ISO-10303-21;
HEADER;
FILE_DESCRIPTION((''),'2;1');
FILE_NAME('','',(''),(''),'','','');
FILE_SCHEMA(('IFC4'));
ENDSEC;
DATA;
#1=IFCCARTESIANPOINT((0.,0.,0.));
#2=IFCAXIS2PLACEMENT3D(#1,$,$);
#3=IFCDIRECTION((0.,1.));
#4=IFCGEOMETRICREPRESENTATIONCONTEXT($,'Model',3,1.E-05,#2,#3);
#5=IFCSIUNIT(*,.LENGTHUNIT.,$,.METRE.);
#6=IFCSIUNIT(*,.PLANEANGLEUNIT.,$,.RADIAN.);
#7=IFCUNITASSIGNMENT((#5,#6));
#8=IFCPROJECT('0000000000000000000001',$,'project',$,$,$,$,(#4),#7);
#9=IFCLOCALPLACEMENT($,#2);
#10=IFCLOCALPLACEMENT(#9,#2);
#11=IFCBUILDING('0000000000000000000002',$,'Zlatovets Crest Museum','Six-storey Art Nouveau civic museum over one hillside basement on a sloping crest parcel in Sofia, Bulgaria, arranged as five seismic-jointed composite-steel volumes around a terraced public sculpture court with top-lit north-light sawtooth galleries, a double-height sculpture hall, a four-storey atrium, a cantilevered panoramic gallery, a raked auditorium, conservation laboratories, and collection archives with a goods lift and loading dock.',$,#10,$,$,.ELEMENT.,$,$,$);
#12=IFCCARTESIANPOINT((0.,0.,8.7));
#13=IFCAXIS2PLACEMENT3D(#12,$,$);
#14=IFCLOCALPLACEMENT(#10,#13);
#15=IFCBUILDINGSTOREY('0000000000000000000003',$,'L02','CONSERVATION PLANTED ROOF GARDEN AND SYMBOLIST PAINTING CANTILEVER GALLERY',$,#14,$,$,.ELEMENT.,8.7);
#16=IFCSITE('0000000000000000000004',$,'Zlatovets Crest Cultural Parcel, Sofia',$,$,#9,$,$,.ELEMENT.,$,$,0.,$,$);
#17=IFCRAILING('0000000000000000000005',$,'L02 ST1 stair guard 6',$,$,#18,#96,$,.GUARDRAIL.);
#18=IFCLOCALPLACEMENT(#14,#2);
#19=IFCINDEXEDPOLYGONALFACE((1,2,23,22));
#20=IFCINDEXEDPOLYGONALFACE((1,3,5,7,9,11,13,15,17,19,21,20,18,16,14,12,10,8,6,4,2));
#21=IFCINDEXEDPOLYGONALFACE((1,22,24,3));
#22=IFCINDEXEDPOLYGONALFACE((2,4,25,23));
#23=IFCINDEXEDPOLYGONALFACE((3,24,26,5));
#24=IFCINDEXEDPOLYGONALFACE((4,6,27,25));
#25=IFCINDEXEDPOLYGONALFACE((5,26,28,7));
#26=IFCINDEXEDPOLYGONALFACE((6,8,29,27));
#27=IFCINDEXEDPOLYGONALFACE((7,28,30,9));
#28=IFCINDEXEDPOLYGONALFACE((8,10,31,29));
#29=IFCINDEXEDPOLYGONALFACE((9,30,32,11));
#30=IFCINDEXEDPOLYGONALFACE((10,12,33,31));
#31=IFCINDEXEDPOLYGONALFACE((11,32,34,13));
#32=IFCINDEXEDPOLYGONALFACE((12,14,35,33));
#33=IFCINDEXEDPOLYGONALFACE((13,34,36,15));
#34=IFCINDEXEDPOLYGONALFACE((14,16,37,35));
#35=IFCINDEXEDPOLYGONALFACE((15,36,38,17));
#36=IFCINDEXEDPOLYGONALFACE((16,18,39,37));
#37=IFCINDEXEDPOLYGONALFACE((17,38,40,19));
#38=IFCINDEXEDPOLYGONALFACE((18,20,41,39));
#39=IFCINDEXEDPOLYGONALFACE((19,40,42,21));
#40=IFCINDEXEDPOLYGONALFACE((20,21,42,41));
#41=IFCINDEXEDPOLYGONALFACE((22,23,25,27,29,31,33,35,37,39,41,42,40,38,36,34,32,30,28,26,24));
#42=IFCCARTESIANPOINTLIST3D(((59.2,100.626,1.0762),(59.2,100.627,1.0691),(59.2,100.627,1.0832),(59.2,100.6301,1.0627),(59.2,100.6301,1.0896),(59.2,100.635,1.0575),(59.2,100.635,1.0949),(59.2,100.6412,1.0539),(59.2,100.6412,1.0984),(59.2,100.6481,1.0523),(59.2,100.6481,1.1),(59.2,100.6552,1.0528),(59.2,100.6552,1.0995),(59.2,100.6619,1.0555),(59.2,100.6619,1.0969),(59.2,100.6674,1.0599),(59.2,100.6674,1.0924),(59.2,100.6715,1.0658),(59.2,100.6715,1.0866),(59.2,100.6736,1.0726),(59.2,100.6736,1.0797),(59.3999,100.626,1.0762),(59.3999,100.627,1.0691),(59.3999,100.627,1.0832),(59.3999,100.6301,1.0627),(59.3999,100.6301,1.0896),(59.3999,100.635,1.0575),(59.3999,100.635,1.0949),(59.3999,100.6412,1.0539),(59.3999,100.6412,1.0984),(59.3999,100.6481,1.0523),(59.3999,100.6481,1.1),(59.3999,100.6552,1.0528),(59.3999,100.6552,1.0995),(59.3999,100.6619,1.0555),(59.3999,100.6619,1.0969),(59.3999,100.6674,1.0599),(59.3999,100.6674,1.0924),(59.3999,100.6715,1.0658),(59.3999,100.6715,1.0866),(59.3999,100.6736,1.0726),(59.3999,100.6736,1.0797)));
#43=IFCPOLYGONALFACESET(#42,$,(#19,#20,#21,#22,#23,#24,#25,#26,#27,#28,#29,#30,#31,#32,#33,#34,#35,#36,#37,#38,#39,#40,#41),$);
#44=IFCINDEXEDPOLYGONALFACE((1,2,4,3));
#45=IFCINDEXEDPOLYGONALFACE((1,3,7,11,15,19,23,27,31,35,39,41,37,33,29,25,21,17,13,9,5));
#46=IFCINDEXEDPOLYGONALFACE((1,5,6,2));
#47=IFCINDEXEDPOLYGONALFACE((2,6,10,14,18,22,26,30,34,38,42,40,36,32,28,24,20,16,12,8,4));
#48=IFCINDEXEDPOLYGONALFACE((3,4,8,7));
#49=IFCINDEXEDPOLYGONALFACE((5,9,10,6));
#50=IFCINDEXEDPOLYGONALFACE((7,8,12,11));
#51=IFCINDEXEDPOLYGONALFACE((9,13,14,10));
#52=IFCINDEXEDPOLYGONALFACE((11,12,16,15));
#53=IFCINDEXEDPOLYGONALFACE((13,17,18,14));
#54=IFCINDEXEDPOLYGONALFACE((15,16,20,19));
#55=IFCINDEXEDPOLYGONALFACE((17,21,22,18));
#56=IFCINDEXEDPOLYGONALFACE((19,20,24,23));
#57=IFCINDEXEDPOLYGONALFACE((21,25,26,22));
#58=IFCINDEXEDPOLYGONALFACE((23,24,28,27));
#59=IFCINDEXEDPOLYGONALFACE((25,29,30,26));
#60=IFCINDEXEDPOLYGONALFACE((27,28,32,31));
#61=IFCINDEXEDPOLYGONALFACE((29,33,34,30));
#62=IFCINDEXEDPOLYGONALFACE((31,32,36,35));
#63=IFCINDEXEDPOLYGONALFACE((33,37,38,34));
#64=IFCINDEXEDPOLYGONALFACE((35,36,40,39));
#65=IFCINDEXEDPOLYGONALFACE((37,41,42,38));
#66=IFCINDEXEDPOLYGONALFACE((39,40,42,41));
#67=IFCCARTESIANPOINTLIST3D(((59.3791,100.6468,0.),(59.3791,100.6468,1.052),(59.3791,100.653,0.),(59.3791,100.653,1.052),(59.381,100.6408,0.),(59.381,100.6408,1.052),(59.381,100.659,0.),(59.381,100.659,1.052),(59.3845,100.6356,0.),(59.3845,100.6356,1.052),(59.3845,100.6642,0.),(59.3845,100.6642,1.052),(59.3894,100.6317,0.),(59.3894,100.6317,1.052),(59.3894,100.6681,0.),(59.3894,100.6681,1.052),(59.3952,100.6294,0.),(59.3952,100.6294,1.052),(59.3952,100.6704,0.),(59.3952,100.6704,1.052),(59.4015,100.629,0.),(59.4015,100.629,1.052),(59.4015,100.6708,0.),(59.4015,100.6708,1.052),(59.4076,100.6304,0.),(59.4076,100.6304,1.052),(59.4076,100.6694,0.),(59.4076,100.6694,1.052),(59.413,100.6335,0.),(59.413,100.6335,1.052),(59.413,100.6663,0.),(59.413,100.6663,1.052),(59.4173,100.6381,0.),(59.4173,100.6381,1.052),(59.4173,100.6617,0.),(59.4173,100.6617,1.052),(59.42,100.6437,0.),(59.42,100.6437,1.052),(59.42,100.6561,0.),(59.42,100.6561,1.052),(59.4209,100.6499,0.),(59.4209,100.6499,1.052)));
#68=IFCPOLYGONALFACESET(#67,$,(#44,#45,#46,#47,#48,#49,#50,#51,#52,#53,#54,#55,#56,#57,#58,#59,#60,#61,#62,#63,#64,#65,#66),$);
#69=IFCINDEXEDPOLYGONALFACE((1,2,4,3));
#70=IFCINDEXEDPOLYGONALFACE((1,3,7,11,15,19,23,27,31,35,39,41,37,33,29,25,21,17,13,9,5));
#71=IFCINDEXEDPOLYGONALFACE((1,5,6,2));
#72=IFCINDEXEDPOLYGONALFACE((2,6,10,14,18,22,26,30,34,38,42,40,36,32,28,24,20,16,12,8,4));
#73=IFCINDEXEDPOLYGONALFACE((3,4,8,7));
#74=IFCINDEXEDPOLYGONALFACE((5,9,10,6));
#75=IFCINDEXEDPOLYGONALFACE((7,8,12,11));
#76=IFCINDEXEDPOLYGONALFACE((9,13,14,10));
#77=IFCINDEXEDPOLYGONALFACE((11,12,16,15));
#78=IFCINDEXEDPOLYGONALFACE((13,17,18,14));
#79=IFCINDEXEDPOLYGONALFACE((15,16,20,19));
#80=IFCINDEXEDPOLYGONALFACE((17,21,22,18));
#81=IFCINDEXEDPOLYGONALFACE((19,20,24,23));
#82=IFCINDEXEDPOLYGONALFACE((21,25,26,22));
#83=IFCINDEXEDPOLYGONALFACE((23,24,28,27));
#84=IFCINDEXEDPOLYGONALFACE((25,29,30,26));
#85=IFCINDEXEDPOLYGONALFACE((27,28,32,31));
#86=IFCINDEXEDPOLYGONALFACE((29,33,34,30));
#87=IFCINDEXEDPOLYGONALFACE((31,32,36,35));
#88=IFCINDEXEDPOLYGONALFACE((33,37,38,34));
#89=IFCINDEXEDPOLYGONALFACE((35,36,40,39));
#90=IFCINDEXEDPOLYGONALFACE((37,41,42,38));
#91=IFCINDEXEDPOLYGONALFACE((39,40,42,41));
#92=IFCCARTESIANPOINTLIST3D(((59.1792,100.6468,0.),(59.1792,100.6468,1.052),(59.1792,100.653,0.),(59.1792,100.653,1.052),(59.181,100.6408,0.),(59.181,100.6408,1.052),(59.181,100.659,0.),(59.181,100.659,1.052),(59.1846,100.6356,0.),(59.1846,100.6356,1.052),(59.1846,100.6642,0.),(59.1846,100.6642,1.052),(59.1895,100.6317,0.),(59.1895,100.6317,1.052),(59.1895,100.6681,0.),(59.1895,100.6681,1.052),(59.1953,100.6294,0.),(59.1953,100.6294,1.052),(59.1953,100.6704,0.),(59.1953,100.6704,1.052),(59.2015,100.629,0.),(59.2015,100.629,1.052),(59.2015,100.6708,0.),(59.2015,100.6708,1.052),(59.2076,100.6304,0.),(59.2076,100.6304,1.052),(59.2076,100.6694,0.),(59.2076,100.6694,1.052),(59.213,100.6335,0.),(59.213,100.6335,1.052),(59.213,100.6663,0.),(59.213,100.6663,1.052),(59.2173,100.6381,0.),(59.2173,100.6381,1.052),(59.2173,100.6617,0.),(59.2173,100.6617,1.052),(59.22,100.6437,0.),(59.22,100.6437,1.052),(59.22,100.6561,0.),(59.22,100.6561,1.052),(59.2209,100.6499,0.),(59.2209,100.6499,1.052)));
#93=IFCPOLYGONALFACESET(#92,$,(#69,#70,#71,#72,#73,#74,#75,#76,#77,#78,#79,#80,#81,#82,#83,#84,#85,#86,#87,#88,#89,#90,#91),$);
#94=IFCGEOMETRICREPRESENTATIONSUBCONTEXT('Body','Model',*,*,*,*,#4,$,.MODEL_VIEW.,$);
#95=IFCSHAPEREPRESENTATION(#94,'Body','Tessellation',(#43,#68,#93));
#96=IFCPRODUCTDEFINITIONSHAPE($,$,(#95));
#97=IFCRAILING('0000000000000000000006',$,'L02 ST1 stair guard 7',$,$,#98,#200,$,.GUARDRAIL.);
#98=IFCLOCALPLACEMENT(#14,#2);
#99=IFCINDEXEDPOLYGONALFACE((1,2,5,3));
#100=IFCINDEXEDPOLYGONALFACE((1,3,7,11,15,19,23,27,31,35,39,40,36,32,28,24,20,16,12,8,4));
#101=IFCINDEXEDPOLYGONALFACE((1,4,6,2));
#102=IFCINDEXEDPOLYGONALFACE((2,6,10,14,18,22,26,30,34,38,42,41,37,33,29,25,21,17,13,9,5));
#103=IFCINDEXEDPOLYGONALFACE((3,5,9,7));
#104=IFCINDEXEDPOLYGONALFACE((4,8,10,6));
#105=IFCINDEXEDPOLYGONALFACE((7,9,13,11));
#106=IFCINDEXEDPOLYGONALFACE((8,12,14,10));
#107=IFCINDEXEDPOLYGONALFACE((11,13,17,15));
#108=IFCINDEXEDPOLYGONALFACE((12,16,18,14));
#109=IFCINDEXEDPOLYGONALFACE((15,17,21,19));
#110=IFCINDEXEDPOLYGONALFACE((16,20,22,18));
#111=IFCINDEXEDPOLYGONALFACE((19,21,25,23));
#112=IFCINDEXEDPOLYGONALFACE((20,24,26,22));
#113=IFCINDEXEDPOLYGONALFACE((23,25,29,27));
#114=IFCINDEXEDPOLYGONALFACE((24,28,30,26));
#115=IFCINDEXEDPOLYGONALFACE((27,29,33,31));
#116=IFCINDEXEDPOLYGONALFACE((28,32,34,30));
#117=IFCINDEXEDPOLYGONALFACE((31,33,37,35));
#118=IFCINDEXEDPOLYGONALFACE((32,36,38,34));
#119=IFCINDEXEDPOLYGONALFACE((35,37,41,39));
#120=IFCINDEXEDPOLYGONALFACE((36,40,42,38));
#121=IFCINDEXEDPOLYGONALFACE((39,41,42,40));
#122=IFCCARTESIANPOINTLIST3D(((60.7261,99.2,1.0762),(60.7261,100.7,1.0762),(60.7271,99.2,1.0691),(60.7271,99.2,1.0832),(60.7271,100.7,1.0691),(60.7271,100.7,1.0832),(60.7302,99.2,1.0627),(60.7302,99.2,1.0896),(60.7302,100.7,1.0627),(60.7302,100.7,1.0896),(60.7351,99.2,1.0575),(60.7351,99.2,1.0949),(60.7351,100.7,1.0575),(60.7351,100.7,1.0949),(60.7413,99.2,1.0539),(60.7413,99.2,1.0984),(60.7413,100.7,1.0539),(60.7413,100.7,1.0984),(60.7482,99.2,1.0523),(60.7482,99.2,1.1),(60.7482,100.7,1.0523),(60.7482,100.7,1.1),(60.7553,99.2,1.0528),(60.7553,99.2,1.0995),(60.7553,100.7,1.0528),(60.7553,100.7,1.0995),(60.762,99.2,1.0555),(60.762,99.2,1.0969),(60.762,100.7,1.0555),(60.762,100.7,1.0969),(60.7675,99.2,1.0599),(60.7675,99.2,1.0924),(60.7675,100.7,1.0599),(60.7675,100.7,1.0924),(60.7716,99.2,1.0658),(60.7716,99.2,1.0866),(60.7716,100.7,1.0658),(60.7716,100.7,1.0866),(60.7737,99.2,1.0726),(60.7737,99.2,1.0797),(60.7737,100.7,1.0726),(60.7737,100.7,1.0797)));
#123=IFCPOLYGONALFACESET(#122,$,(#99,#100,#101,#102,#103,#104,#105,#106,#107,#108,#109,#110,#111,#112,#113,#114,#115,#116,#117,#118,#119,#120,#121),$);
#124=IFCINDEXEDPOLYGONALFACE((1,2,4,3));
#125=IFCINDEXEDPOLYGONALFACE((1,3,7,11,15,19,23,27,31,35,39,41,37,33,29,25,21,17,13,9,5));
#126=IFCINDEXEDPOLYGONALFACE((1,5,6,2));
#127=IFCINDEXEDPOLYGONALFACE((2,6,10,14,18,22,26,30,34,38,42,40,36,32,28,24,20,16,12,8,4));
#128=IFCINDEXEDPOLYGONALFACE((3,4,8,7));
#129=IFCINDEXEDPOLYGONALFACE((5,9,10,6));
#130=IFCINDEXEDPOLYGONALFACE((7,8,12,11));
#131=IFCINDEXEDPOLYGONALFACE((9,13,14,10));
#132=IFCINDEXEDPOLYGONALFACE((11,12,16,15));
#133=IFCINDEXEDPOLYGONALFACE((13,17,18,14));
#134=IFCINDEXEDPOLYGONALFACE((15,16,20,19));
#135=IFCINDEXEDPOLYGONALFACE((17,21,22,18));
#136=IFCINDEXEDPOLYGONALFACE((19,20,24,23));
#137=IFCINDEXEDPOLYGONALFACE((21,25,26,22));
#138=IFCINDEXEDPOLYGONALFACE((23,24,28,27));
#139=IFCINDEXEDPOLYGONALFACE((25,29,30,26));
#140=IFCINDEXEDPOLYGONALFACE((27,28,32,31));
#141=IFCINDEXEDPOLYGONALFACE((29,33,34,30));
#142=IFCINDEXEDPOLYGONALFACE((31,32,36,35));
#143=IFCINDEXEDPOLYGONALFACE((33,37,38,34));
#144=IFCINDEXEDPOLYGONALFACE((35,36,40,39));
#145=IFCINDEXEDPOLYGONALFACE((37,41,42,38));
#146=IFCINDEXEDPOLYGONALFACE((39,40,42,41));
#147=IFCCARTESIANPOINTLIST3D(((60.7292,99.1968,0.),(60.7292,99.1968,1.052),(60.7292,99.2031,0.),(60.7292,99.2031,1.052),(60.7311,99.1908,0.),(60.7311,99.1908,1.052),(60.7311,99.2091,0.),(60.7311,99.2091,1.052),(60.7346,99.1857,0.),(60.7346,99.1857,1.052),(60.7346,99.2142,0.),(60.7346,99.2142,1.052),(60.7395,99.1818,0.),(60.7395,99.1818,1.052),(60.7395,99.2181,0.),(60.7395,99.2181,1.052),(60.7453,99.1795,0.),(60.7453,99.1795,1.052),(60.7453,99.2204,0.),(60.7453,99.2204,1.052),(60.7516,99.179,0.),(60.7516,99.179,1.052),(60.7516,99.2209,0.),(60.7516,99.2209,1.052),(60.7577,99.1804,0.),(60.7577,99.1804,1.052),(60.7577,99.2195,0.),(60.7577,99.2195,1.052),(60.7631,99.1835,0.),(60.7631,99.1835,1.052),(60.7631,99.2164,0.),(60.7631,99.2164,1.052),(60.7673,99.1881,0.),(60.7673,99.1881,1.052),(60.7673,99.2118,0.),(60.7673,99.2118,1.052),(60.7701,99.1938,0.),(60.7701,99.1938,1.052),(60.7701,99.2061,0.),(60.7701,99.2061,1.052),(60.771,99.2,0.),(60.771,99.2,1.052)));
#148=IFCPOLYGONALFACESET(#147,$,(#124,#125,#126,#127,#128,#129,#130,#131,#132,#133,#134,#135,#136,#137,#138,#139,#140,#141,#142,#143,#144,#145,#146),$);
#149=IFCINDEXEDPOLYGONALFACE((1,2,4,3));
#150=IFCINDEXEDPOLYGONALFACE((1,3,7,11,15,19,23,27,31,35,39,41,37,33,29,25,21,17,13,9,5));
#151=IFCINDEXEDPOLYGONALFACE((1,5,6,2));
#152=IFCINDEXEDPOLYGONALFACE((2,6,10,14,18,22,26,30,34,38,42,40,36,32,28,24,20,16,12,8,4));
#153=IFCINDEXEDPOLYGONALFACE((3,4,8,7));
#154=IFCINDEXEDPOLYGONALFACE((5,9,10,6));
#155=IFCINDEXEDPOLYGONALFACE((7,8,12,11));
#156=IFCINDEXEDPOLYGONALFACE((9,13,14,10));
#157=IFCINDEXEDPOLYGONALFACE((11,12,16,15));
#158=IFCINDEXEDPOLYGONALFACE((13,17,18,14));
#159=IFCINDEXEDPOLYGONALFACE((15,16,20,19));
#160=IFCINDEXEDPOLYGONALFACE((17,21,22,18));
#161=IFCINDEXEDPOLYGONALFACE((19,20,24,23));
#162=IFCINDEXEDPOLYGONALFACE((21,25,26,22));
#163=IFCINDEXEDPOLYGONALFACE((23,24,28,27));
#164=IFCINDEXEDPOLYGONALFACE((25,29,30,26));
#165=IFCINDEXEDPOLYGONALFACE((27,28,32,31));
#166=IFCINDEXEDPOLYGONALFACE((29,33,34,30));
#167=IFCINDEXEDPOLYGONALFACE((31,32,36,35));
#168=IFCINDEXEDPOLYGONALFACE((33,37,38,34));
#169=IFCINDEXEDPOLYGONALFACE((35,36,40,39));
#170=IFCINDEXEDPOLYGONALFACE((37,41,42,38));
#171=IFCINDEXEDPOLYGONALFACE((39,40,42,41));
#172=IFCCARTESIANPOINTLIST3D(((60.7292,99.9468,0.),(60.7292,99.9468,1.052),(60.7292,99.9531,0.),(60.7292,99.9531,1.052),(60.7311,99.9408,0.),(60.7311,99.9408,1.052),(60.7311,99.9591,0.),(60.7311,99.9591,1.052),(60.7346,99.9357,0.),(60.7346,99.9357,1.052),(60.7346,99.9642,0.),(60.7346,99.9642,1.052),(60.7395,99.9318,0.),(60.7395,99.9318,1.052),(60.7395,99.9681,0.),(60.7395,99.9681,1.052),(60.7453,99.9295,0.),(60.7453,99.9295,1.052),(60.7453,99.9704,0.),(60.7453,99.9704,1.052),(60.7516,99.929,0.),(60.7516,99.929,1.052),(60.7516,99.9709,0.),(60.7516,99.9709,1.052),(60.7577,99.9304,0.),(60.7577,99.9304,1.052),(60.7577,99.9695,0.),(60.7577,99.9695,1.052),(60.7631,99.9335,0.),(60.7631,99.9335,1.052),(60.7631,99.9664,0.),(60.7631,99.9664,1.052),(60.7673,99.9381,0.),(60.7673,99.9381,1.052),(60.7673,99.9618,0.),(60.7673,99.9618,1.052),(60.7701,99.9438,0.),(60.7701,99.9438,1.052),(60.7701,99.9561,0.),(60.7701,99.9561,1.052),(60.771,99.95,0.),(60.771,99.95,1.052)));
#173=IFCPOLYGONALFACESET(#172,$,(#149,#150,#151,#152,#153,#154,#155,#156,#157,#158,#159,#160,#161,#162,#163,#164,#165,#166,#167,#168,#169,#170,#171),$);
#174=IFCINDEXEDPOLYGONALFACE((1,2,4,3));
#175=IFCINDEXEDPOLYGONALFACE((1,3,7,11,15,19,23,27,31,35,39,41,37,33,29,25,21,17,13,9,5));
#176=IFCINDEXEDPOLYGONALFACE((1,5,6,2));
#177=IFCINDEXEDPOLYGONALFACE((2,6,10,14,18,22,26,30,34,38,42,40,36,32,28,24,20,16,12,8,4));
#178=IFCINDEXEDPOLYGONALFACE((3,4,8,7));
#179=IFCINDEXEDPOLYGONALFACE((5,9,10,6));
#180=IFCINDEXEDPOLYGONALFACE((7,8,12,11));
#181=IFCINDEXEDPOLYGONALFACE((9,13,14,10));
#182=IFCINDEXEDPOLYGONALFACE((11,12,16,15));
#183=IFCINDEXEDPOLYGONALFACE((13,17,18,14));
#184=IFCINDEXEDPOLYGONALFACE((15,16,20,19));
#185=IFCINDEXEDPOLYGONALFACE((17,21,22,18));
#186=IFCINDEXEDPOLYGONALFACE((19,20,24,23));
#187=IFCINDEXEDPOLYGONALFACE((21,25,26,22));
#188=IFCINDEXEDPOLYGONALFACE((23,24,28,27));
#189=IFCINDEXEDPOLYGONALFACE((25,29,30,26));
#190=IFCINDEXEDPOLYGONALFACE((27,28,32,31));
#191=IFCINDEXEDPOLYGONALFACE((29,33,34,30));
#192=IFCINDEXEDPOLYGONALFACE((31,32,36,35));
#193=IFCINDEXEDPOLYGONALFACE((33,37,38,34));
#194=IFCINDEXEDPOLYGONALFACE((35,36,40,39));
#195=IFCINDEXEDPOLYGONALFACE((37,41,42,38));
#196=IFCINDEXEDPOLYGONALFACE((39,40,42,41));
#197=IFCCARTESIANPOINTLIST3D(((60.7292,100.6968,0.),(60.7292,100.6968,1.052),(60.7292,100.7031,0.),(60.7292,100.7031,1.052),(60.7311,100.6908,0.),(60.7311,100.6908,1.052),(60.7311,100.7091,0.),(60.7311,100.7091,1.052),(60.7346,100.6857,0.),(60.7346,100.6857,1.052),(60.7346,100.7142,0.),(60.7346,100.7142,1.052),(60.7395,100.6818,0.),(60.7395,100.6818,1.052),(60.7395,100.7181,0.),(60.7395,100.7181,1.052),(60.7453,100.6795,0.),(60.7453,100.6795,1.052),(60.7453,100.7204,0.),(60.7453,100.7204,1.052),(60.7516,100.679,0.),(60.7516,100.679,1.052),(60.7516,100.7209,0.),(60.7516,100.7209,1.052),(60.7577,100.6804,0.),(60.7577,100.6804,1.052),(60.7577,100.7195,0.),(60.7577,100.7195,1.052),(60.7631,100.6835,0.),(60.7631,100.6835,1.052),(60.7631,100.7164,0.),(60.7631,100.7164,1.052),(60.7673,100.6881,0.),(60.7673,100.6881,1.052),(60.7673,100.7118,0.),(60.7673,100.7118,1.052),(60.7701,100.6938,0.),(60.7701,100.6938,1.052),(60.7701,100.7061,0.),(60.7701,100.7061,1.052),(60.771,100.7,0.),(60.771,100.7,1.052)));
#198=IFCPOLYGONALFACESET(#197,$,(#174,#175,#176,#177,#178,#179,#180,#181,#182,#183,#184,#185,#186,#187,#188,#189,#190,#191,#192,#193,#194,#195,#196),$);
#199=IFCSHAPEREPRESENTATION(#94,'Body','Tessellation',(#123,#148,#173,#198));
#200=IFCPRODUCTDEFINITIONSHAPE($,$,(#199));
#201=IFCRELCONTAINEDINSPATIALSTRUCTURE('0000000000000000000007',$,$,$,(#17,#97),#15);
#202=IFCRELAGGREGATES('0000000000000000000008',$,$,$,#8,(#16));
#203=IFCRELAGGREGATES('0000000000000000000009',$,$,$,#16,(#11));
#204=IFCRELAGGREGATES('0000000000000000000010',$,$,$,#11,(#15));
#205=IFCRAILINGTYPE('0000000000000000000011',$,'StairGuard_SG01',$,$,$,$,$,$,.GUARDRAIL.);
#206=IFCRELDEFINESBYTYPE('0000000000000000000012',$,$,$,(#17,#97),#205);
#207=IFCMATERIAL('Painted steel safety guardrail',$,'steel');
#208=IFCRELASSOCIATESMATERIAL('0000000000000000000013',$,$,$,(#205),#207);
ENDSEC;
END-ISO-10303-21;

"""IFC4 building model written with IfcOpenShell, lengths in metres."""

from ifc_helpers import new_model, si_unit, direction, frame, origin, origin_2d, place, context, subcontext, project, spatial, circle, extrude, material, type_object, element, save


model = new_model("IFC4")

# Units and contexts
model_context = context("Model", 3, precision=1e-05, world=origin(), true_north=direction((0.0, 1.0)))
body_context = subcontext(model_context, "Body", "Model", "MODEL_VIEW")
ifc_project = project(units=[si_unit("LENGTHUNIT", "METRE"), si_unit("PLANEANGLEUNIT", "RADIAN")], contexts=[model_context])

# Site, building, storey
site_placement = place(None, origin())
site = spatial("IfcSite", under=ifc_project, at=site_placement, Name="Zlatovets Crest Cultural Parcel, Sofia", CompositionType="ELEMENT", RefElevation=0.0)
building_placement = place(site_placement, origin())
building = spatial("IfcBuilding", under=site, at=building_placement, Name="Zlatovets Crest Museum", Description="Six-storey Art Nouveau civic museum over one hillside basement on a sloping crest parcel in Sofia, Bulgaria, arranged as five seismic-jointed composite-steel volumes around a terraced public sculpture court with top-lit north-light sawtooth galleries, a double-height sculpture hall, a four-storey atrium, a cantilevered panoramic gallery, a raked auditorium, conservation laboratories, and collection archives with a goods lift and loading dock.", CompositionType="ELEMENT")
storey_placement = place(building_placement, frame((0.0, 0.0, 8.7)))
storey = spatial("IfcBuildingStorey", under=building, at=storey_placement, Name="L02", Description="CONSERVATION PLANTED ROOF GARDEN AND SYMBOLIST PAINTING CANTILEVER GALLERY", CompositionType="ELEMENT", Elevation=8.7)

# Railings
ifc_material_1 = material(Name="Painted steel safety guardrail", Category="steel")
railing_type_1 = type_object("IfcRailingType", Name="StairGuard_SG01", PredefinedType="GUARDRAIL", material=ifc_material_1)
railing_1_placement = place(storey_placement, frame((59.3999, 100.6499, 0.0)))
element("IfcRailing", 1, at=railing_1_placement, inside=storey, type_object=railing_type_1, Name="L02 ST1 stair guard 6", PredefinedType="GUARDRAIL", context=body_context, shape_type="SweptSolid", body=[
    extrude(circle(Radius=0.0239, at=origin_2d()), frame((0.0, 0.0, 1.0762), z_axis=(-1.0, 0.0, 0.0), x_axis=(0.0, -1.0, 0.0)), (0.0, 0.0, 1.0), 0.2),
    extrude(circle(Radius=0.021, at=origin_2d()), origin(), (0.0, 0.0, 1.0), 1.052),
    extrude(circle(Radius=0.021, at=origin_2d()), frame((-0.2, 0.0, 0.0)), (0.0, 0.0, 1.0), 1.052),
])
for number, where, name in (
    (2, (60.75, 99.2, 0.0), "L02 ST1 stair guard 7"),
):
    element("IfcRailing", number, at=place(storey_placement, frame(where)), inside=storey, type_object=railing_type_1, Name=name, PredefinedType="GUARDRAIL", context=body_context, shape_type="SweptSolid", body=[
        extrude(circle(Radius=0.0239, at=origin_2d()), frame((0.0, 0.0, 1.0762), z_axis=(0.0, 1.0, 0.0), x_axis=(-1.0, 0.0, 0.0)), (0.0, 0.0, 1.0), 1.5),
        extrude(circle(Radius=0.021, at=origin_2d()), origin(), (0.0, 0.0, 1.0), 1.052),
        extrude(circle(Radius=0.021, at=origin_2d()), frame((0.0, 0.75, 0.0)), (0.0, 0.0, 1.0), 1.052),
        extrude(circle(Radius=0.021, at=origin_2d()), frame((0.0, 1.5, 0.0)), (0.0, 0.0, 1.0), 1.052),
    ])

save(model, "model.ifc")
